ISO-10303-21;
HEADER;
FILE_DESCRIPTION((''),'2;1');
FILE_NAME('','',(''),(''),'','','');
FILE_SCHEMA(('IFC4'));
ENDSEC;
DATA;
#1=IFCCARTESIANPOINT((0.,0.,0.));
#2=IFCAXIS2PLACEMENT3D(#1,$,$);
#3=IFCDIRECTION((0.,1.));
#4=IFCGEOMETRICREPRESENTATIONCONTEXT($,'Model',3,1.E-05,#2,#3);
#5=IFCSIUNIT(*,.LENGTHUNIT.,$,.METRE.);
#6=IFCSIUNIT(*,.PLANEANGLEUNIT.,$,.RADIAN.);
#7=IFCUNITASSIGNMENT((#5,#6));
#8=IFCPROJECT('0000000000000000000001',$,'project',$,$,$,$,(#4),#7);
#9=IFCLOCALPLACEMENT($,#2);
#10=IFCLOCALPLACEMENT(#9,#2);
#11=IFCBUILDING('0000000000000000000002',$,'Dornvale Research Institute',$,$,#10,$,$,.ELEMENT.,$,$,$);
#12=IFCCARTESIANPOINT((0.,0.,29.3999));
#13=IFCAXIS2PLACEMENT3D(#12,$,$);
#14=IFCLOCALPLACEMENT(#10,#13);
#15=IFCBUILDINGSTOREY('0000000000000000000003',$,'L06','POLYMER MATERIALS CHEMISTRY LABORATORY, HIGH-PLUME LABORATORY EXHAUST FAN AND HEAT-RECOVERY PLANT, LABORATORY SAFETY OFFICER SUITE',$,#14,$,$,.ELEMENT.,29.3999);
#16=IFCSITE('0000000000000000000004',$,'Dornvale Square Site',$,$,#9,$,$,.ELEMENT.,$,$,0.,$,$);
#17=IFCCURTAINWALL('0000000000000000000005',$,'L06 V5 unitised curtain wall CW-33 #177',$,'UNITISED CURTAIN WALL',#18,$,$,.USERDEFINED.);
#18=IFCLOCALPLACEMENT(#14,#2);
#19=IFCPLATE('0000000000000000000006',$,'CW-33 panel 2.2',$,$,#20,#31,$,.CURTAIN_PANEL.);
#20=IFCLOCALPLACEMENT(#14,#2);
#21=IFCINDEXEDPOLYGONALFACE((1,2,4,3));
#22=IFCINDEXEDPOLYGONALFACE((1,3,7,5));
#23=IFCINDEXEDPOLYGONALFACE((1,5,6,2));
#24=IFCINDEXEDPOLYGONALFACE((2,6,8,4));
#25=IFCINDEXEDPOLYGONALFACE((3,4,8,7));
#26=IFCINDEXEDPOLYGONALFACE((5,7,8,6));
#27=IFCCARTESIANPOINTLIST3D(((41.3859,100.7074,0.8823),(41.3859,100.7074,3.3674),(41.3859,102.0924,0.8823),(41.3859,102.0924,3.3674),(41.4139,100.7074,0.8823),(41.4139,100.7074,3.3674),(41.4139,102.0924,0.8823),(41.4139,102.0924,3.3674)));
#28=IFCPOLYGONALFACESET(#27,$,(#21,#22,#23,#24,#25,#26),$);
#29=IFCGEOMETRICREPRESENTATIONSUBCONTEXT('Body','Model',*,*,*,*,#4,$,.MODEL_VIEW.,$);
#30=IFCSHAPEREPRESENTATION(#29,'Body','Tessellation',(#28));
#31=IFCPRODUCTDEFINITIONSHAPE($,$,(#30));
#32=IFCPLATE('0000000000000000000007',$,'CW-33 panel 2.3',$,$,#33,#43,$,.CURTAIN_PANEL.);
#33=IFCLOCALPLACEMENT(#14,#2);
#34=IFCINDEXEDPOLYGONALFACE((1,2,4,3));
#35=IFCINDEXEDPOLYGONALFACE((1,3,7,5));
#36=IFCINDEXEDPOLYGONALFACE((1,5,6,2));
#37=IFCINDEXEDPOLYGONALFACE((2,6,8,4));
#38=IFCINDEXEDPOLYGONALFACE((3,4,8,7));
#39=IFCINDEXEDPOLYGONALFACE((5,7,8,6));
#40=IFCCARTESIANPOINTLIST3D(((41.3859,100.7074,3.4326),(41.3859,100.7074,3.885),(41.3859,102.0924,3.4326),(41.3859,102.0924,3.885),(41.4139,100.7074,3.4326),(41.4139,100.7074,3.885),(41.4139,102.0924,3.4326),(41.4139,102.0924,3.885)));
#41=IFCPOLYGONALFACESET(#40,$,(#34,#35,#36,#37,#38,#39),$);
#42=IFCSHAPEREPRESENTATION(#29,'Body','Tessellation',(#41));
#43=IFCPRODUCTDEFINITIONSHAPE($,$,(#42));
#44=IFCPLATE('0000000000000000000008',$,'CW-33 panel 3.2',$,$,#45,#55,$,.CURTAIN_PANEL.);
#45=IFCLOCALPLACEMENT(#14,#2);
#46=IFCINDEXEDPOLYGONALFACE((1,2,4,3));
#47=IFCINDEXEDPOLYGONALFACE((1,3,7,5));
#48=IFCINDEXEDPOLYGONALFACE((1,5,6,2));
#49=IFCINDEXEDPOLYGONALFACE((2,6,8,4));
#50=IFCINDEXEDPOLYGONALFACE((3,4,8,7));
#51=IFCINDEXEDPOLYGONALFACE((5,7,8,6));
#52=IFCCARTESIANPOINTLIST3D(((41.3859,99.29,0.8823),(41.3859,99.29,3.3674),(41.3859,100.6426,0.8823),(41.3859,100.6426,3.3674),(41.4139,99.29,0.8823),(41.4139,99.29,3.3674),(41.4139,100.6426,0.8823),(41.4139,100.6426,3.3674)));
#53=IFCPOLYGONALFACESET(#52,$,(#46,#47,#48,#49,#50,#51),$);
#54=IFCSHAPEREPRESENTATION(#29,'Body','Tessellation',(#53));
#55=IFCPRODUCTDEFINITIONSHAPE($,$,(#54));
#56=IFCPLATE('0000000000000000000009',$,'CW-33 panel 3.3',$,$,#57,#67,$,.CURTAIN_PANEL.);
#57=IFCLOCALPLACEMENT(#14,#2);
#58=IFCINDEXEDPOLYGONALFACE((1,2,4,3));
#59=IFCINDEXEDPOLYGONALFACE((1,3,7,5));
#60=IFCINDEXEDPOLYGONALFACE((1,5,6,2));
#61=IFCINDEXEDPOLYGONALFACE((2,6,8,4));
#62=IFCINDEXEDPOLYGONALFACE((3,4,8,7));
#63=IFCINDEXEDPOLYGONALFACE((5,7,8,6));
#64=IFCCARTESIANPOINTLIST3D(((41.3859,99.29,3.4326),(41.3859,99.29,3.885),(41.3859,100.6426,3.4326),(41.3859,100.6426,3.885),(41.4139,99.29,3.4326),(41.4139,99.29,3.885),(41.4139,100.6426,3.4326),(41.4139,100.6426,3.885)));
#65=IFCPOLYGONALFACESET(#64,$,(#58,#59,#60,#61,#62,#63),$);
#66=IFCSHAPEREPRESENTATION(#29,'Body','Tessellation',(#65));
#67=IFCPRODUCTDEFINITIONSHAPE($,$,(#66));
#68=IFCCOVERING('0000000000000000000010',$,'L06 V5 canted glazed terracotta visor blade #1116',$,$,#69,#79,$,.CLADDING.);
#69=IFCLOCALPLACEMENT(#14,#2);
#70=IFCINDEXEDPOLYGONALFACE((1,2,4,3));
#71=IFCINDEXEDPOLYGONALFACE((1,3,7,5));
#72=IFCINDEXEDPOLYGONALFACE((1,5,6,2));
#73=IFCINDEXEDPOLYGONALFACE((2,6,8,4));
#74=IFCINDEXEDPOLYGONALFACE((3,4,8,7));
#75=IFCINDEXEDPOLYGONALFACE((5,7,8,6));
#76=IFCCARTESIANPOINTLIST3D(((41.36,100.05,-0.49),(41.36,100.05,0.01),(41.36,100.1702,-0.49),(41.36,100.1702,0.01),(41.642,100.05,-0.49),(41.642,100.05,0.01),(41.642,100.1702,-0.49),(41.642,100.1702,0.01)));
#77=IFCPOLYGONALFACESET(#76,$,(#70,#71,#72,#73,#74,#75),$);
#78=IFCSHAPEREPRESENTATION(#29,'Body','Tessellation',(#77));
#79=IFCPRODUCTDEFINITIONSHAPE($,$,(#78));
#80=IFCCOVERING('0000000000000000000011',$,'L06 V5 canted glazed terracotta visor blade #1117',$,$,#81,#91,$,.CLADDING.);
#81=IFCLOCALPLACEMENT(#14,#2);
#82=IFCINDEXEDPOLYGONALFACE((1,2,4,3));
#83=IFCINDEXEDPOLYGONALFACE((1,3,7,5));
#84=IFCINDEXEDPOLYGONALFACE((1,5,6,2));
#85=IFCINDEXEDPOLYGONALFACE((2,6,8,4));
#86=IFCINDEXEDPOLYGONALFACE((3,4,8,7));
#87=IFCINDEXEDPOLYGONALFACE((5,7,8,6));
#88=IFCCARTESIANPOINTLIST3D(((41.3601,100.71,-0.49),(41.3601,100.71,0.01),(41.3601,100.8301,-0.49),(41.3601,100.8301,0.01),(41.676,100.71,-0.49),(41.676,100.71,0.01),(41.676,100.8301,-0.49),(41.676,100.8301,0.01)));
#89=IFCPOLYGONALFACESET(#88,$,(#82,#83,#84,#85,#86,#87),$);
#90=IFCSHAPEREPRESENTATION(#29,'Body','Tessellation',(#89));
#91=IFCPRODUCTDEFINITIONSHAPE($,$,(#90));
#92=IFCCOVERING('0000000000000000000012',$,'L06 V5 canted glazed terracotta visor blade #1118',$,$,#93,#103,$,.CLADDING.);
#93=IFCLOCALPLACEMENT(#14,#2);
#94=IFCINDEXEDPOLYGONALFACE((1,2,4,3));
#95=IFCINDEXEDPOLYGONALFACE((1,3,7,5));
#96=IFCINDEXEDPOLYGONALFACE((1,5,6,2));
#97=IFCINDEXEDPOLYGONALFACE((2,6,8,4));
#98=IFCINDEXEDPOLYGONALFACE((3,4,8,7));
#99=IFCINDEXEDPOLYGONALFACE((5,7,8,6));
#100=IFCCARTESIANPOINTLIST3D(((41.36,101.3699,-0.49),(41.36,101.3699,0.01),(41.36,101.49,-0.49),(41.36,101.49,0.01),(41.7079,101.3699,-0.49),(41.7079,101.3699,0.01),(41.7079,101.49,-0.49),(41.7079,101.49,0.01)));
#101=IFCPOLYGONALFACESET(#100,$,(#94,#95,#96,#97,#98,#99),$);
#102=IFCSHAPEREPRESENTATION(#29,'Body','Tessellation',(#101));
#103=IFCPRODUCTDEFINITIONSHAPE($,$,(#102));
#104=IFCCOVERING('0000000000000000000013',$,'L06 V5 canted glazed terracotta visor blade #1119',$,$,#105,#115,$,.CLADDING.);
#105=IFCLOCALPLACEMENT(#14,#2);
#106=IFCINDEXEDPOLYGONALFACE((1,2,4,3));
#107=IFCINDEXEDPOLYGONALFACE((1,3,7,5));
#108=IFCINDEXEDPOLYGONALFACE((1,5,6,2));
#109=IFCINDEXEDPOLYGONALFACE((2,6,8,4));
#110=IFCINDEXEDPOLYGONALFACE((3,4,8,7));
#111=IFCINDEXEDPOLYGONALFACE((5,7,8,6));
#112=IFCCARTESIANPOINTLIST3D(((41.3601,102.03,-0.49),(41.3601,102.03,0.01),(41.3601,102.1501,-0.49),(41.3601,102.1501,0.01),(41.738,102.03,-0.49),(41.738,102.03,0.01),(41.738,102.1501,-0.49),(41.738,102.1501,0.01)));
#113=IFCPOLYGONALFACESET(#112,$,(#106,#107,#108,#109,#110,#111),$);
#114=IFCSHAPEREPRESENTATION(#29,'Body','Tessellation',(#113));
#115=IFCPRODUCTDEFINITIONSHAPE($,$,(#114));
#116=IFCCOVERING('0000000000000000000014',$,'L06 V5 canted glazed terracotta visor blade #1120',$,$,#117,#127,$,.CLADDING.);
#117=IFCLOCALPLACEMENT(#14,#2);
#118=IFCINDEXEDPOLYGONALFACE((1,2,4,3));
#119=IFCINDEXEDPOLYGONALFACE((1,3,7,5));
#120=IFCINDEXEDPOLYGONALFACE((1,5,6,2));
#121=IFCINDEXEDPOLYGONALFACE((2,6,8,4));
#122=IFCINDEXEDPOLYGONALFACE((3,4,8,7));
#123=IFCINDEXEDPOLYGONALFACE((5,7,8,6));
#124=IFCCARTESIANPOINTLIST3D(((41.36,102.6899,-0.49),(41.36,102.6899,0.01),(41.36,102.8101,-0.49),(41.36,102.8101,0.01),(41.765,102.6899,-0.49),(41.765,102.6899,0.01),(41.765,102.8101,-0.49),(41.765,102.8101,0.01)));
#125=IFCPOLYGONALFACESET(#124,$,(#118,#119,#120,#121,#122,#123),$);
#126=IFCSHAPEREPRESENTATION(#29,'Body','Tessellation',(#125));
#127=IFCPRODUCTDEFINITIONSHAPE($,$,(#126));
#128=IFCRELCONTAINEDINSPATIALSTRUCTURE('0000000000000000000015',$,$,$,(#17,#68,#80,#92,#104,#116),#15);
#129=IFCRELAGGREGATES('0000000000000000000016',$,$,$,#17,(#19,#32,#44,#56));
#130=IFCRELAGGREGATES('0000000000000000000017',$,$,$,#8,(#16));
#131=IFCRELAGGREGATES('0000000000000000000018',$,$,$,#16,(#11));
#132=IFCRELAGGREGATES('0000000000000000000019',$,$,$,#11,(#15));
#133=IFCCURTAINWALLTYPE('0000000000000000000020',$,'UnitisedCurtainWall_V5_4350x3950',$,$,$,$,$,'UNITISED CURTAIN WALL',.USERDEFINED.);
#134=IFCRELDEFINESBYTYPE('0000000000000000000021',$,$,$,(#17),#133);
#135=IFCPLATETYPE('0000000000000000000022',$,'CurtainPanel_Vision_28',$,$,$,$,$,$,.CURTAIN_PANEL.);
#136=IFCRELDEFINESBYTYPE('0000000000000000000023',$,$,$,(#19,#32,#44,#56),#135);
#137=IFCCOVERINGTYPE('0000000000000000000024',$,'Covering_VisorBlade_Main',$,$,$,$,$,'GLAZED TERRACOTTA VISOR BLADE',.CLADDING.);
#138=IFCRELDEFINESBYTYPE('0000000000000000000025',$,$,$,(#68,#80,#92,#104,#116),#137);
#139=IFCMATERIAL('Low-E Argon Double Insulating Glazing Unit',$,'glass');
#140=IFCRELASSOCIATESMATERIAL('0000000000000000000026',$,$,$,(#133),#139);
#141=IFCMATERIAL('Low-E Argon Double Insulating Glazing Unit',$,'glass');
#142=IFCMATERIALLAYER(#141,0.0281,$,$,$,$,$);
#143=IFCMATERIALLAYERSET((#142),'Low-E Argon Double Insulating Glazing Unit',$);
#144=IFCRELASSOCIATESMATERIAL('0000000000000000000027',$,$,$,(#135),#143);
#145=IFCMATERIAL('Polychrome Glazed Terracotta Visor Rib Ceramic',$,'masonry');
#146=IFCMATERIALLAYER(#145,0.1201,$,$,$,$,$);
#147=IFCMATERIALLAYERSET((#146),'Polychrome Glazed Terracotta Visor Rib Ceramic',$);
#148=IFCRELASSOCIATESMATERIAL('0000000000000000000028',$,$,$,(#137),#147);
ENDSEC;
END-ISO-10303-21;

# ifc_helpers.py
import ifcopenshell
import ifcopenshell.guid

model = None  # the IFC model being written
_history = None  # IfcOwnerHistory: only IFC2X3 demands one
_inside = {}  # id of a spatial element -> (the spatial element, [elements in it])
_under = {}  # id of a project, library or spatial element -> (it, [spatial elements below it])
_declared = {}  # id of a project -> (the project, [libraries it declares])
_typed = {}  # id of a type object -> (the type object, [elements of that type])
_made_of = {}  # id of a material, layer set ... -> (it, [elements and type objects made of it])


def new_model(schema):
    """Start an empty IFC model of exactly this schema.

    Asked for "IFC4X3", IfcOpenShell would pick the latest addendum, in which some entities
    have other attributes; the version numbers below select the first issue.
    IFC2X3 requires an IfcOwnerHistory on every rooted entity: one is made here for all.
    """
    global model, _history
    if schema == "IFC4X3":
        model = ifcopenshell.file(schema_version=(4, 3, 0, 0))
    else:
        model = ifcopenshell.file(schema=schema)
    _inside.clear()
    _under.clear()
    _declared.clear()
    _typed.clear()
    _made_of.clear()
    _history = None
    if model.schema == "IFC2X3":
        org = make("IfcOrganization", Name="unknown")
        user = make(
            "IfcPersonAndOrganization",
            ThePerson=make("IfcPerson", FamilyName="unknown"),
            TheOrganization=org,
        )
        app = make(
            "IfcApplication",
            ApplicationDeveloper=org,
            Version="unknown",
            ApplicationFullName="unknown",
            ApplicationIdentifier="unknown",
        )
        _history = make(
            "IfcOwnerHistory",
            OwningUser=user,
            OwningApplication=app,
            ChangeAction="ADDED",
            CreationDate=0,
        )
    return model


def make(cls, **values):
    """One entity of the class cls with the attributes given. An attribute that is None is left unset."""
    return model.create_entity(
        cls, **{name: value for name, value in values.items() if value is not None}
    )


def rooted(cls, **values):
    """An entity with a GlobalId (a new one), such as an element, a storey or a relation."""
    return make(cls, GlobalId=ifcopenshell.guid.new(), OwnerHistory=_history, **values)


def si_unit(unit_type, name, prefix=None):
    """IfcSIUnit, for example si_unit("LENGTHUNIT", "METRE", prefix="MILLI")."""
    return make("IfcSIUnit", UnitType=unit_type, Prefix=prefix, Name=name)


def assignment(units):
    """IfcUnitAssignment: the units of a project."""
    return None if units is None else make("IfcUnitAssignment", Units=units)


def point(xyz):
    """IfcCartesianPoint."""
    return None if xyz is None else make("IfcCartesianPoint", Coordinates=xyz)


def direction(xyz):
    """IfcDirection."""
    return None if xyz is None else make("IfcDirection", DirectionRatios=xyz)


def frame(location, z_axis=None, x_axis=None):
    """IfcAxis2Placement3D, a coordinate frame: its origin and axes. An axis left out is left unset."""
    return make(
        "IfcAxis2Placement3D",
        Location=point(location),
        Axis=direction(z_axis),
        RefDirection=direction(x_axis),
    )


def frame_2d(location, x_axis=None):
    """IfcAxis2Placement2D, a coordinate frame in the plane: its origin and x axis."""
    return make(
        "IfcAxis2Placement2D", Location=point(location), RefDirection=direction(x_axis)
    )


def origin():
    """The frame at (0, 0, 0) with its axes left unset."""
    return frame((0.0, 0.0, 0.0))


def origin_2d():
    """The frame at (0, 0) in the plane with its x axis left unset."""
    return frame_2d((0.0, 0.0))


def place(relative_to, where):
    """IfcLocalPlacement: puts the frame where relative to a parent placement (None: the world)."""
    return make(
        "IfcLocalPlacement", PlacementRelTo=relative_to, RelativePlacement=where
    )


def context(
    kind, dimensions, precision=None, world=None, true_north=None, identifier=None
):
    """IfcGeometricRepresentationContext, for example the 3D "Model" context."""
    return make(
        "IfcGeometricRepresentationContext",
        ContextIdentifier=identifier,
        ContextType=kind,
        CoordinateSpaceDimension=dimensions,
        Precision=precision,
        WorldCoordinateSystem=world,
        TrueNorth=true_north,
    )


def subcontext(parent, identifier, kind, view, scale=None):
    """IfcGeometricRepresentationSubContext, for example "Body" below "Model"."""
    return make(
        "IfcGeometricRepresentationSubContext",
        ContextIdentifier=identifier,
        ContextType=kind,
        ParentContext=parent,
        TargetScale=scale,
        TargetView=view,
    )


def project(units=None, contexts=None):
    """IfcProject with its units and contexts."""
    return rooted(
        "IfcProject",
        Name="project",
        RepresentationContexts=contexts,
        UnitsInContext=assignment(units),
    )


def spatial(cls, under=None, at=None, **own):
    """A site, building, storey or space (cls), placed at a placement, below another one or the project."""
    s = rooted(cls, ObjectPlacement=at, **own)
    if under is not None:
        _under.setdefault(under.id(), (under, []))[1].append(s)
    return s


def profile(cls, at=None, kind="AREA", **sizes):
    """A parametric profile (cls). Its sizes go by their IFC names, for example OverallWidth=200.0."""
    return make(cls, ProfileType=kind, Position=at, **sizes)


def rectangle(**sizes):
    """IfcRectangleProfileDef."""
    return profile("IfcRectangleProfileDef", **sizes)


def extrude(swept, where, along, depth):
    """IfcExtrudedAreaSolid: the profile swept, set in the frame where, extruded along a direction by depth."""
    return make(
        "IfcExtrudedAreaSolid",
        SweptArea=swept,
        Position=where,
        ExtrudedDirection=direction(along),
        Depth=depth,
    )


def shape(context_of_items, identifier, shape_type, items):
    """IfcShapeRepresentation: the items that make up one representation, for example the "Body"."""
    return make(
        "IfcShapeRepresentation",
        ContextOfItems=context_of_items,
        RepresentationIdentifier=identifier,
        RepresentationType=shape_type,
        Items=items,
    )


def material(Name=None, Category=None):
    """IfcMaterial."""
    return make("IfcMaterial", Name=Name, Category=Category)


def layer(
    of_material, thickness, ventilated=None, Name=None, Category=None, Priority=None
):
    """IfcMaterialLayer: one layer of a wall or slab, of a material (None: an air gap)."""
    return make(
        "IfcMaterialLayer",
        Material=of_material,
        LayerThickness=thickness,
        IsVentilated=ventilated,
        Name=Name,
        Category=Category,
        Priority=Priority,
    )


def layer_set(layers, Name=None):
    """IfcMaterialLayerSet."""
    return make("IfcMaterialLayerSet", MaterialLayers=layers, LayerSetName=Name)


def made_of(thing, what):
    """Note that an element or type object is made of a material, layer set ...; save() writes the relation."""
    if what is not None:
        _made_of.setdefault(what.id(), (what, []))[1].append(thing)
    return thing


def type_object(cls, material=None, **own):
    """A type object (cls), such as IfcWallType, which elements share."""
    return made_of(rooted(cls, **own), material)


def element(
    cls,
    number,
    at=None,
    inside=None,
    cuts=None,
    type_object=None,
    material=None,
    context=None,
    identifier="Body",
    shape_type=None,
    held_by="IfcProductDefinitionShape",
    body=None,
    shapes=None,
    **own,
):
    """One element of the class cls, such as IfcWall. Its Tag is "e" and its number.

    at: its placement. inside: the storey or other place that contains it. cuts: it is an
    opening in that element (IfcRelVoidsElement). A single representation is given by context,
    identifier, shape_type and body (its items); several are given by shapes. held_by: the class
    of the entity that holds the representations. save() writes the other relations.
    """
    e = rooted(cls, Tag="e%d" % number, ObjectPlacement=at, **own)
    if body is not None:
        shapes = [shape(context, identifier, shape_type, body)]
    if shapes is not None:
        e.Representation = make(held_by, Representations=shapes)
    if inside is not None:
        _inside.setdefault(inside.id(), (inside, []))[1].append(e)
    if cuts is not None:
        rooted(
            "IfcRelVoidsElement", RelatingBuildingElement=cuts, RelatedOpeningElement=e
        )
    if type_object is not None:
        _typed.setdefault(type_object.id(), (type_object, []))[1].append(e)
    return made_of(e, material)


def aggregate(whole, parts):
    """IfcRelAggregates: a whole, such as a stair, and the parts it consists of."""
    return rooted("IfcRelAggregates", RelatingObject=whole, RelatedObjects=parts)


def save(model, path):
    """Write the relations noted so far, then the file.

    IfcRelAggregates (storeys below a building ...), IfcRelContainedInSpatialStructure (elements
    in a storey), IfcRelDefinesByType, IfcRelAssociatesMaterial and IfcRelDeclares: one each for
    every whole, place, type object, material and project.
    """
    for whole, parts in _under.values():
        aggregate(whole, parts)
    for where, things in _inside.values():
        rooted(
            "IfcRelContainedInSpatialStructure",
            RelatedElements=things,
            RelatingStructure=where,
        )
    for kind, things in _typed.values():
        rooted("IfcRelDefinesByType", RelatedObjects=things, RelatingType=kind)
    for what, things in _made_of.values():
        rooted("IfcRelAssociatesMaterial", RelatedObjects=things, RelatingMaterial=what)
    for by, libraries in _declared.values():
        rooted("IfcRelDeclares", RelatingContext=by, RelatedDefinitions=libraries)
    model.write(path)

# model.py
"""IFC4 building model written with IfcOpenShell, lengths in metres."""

from ifc_helpers import new_model, si_unit, direction, frame, origin, origin_2d, place, context, subcontext, project, spatial, rectangle, extrude, material, layer, layer_set, type_object, element, aggregate, save


model = new_model("IFC4")

# Units and contexts
model_context = context("Model", 3, precision=1e-05, world=origin(), true_north=direction((0.0, 1.0)))
body_context = subcontext(model_context, "Body", "Model", "MODEL_VIEW")
ifc_project = project(units=[si_unit("LENGTHUNIT", "METRE"), si_unit("PLANEANGLEUNIT", "RADIAN")], contexts=[model_context])

# Site, building, storey
site_placement = place(None, origin())
site = spatial("IfcSite", under=ifc_project, at=site_placement, Name="Dornvale Square Site", CompositionType="ELEMENT", RefElevation=0.0)
building_placement = place(site_placement, origin())
building = spatial("IfcBuilding", under=site, at=building_placement, Name="Dornvale Research Institute", CompositionType="ELEMENT")
storey_placement = place(building_placement, frame((0.0, 0.0, 29.3999)))
storey = spatial("IfcBuildingStorey", under=building, at=storey_placement, Name="L06", Description="POLYMER MATERIALS CHEMISTRY LABORATORY, HIGH-PLUME LABORATORY EXHAUST FAN AND HEAT-RECOVERY PLANT, LABORATORY SAFETY OFFICER SUITE", CompositionType="ELEMENT", Elevation=29.3999)

# Curtain wall, plates
ifc_material_1 = material(Name="Low-E Argon Double Insulating Glazing Unit", Category="glass")
curtain_wall_type = type_object("IfcCurtainWallType", Name="UnitisedCurtainWall_V5_4350x3950", ElementType="UNITISED CURTAIN WALL", PredefinedType="USERDEFINED", material=ifc_material_1)
curtain_wall_placement = place(storey_placement, origin())
curtain_wall = element("IfcCurtainWall", 1, at=curtain_wall_placement, inside=storey, type_object=curtain_wall_type, Name="L06 V5 unitised curtain wall CW-33 #177", ObjectType="UNITISED CURTAIN WALL", PredefinedType="USERDEFINED")
ifc_material_2 = material(Name="Low-E Argon Double Insulating Glazing Unit", Category="glass")
ifc_layer_1 = layer(ifc_material_2, 0.0281)
ifc_layer_set_1 = layer_set([ifc_layer_1], Name="Low-E Argon Double Insulating Glazing Unit")
plate_type_1 = type_object("IfcPlateType", Name="CurtainPanel_Vision_28", PredefinedType="CURTAIN_PANEL", material=ifc_layer_set_1)
plate_1_placement = place(storey_placement, frame((41.3999, 101.3999, 0.8823), z_axis=(0.0, 0.0, 1.0), x_axis=(0.0, -1.0, 0.0)))
plate_1 = element("IfcPlate", 2, at=plate_1_placement, type_object=plate_type_1, Name="CW-33 panel 2.2", PredefinedType="CURTAIN_PANEL", context=body_context, shape_type="SweptSolid", body=[
    extrude(rectangle(XDim=1.385, YDim=0.0281, at=origin_2d()), origin(), (0.0, 0.0, 1.0), 2.4851),
])
plate_2_placement = place(storey_placement, frame((41.3999, 101.3999, 3.4326), z_axis=(0.0, 0.0, 1.0), x_axis=(0.0, -1.0, 0.0)))
plate_2 = element("IfcPlate", 3, at=plate_2_placement, type_object=plate_type_1, Name="CW-33 panel 2.3", PredefinedType="CURTAIN_PANEL", context=body_context, shape_type="SweptSolid", body=[
    extrude(rectangle(XDim=1.385, YDim=0.0281, at=origin_2d()), origin(), (0.0, 0.0, 1.0), 0.4524),
])
plate_3_placement = place(storey_placement, frame((41.3999, 99.9663, 0.8823), z_axis=(0.0, 0.0, 1.0), x_axis=(0.0, -1.0, 0.0)))
plate_3 = element("IfcPlate", 4, at=plate_3_placement, type_object=plate_type_1, Name="CW-33 panel 3.2", PredefinedType="CURTAIN_PANEL", context=body_context, shape_type="SweptSolid", body=[
    extrude(rectangle(XDim=1.3525, YDim=0.0281, at=origin_2d()), origin(), (0.0, 0.0, 1.0), 2.4851),
])
plate_4_placement = place(storey_placement, frame((41.3999, 99.9663, 3.4326), z_axis=(0.0, 0.0, 1.0), x_axis=(0.0, -1.0, 0.0)))
plate_4 = element("IfcPlate", 5, at=plate_4_placement, type_object=plate_type_1, Name="CW-33 panel 3.3", PredefinedType="CURTAIN_PANEL", context=body_context, shape_type="SweptSolid", body=[
    extrude(rectangle(XDim=1.3525, YDim=0.0281, at=origin_2d()), origin(), (0.0, 0.0, 1.0), 0.4524),
])
aggregate(curtain_wall, [plate_1, plate_2, plate_3, plate_4])

# Coverings
ifc_material_3 = material(Name="Polychrome Glazed Terracotta Visor Rib Ceramic", Category="masonry")
ifc_layer_2 = layer(ifc_material_3, 0.1201)
ifc_layer_set_2 = layer_set([ifc_layer_2], Name="Polychrome Glazed Terracotta Visor Rib Ceramic")
covering_type = type_object("IfcCoveringType", Name="Covering_VisorBlade_Main", ElementType="GLAZED TERRACOTTA VISOR BLADE", PredefinedType="CLADDING", material=ifc_layer_set_2)
covering_1_placement = place(storey_placement, frame((41.501, 100.1101, -0.49), z_axis=(0.0, 0.0, 1.0), x_axis=(1.0, 0.0, 0.0)))
element("IfcCovering", 6, at=covering_1_placement, inside=storey, type_object=covering_type, Name="L06 V5 canted glazed terracotta visor blade #1116", PredefinedType="CLADDING", context=body_context, shape_type="SweptSolid", body=[
    extrude(rectangle(XDim=0.282, YDim=0.1201, at=origin_2d()), origin(), (0.0, 0.0, 1.0), 0.5),
])
covering_2_placement = place(storey_placement, frame((41.5181, 100.77, -0.49), z_axis=(0.0, 0.0, 1.0), x_axis=(1.0, 0.0, 0.0)))
element("IfcCovering", 7, at=covering_2_placement, inside=storey, type_object=covering_type, Name="L06 V5 canted glazed terracotta visor blade #1117", PredefinedType="CLADDING", context=body_context, shape_type="SweptSolid", body=[
    extrude(rectangle(XDim=0.3159, YDim=0.1201, at=origin_2d()), origin(), (0.0, 0.0, 1.0), 0.5),
])
covering_3_placement = place(storey_placement, frame((41.5339, 101.4299, -0.49), z_axis=(0.0, 0.0, 1.0), x_axis=(1.0, 0.0, 0.0)))
element("IfcCovering", 8, at=covering_3_placement, inside=storey, type_object=covering_type, Name="L06 V5 canted glazed terracotta visor blade #1118", PredefinedType="CLADDING", context=body_context, shape_type="SweptSolid", body=[
    extrude(rectangle(XDim=0.3479, YDim=0.1201, at=origin_2d()), origin(), (0.0, 0.0, 1.0), 0.5),
])
covering_4_placement = place(storey_placement, frame((41.5491, 102.0901, -0.49), z_axis=(0.0, 0.0, 1.0), x_axis=(1.0, 0.0, 0.0)))
element("IfcCovering", 9, at=covering_4_placement, inside=storey, type_object=covering_type, Name="L06 V5 canted glazed terracotta visor blade #1119", PredefinedType="CLADDING", context=body_context, shape_type="SweptSolid", body=[
    extrude(rectangle(XDim=0.3779, YDim=0.1201, at=origin_2d()), origin(), (0.0, 0.0, 1.0), 0.5),
])
covering_5_placement = place(storey_placement, frame((41.5625, 102.75, -0.49), z_axis=(0.0, 0.0, 1.0), x_axis=(1.0, 0.0, 0.0)))
element("IfcCovering", 10, at=covering_5_placement, inside=storey, type_object=covering_type, Name="L06 V5 canted glazed terracotta visor blade #1120", PredefinedType="CLADDING", context=body_context, shape_type="SweptSolid", body=[
    extrude(rectangle(XDim=0.405, YDim=0.1201, at=origin_2d()), origin(), (0.0, 0.0, 1.0), 0.5),
])

save(model, "model.ifc")
